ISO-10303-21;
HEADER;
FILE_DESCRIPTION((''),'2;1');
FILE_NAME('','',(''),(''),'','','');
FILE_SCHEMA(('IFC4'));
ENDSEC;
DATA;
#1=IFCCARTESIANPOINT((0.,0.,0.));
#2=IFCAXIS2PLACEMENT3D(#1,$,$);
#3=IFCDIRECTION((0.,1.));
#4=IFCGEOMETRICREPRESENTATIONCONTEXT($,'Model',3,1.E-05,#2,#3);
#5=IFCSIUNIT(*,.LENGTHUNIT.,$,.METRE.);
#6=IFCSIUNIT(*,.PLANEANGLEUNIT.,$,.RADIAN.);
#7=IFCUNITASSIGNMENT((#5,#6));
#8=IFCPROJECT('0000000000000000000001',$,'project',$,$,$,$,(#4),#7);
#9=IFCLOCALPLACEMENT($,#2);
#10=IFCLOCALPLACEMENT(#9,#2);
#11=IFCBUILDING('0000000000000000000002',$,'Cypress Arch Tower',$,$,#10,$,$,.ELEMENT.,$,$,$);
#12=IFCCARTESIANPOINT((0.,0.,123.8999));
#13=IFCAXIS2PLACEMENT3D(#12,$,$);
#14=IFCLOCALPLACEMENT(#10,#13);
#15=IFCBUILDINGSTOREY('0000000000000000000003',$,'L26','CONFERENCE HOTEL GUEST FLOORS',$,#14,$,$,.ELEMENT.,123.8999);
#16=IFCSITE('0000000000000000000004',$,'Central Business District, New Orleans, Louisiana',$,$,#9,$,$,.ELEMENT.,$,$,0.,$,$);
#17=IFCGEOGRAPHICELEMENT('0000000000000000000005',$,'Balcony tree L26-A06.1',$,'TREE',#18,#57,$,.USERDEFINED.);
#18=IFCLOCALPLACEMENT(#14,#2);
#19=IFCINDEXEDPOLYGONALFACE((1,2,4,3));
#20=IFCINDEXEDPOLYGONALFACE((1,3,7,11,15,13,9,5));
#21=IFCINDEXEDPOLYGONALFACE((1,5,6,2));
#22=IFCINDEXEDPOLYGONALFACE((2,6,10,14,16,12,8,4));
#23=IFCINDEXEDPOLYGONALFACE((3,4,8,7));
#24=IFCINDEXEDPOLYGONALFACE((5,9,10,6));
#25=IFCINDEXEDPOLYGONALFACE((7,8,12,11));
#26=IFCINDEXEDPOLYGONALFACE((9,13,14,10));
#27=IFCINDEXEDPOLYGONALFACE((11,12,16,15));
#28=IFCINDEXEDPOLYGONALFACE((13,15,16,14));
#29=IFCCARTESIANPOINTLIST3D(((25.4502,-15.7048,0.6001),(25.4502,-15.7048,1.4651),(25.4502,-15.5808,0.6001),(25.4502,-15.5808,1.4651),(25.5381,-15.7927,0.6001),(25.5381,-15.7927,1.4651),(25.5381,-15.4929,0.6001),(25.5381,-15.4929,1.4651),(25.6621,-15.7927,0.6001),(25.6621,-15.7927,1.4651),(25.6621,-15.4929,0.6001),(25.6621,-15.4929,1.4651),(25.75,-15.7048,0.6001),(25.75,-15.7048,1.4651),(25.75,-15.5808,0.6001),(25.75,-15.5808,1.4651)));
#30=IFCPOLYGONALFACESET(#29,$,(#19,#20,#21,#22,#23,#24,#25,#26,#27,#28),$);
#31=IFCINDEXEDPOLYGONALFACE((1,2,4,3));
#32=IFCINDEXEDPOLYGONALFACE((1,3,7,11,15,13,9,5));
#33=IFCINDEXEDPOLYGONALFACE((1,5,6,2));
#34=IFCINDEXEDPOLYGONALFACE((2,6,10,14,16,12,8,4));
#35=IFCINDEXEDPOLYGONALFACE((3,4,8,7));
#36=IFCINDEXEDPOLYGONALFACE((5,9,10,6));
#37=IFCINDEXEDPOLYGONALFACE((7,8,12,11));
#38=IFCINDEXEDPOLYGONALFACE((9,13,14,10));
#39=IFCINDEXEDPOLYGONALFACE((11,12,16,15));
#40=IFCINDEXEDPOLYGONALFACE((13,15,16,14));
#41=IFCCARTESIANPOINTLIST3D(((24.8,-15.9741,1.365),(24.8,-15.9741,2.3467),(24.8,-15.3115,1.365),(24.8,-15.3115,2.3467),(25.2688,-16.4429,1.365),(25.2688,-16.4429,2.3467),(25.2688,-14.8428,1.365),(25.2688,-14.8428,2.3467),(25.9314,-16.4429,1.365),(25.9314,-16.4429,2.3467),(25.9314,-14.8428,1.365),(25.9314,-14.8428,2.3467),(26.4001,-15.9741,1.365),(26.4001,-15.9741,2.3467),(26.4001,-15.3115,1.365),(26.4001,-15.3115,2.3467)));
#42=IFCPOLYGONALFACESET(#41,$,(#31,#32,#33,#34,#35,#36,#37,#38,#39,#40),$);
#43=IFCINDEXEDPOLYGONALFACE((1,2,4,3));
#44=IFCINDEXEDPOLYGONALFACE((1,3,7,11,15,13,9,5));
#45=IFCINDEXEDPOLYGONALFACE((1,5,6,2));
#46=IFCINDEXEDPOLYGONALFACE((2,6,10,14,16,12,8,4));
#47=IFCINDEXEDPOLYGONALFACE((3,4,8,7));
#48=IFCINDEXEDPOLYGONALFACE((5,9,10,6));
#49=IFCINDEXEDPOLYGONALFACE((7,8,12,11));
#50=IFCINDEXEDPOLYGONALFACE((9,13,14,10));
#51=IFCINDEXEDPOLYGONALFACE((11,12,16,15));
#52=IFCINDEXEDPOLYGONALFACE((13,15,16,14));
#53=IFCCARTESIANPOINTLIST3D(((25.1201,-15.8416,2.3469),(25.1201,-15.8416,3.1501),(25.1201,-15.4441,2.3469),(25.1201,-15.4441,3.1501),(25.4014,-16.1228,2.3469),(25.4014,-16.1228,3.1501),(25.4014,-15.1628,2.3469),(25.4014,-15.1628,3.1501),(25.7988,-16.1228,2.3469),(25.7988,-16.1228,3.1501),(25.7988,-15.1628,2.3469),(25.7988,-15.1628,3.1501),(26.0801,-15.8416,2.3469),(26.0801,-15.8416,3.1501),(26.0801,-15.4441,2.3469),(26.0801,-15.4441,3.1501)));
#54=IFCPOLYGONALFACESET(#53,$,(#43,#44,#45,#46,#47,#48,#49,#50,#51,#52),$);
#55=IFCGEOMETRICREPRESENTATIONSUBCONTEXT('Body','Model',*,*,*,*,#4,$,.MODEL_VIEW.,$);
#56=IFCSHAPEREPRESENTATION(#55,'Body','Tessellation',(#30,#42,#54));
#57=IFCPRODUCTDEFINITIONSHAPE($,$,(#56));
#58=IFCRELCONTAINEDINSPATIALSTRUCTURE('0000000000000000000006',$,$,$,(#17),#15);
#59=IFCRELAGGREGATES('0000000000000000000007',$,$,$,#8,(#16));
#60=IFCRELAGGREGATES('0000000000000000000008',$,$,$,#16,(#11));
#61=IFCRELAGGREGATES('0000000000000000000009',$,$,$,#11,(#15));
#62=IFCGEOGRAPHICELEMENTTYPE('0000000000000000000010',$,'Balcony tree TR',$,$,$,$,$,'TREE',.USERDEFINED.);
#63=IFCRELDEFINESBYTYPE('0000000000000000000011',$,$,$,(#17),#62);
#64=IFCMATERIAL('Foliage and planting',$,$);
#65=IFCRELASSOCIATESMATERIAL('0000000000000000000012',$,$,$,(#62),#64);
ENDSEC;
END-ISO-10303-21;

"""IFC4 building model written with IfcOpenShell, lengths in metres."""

from ifc_helpers import new_model, si_unit, direction, frame, origin, place, context, subcontext, project, spatial, polyline, outline, extrude, material, type_object, element, save


model = new_model("IFC4")

# Units and contexts
model_context = context("Model", 3, precision=1e-05, world=origin(), true_north=direction((0.0, 1.0)))
body_context = subcontext(model_context, "Body", "Model", "MODEL_VIEW")
ifc_project = project(units=[si_unit("LENGTHUNIT", "METRE"), si_unit("PLANEANGLEUNIT", "RADIAN")], contexts=[model_context])

# Site, building, storey
site_placement = place(None, origin())
site = spatial("IfcSite", under=ifc_project, at=site_placement, Name="Central Business District, New Orleans, Louisiana", CompositionType="ELEMENT", RefElevation=0.0)
building_placement = place(site_placement, origin())
building = spatial("IfcBuilding", under=site, at=building_placement, Name="Cypress Arch Tower", CompositionType="ELEMENT")
storey_placement = place(building_placement, frame((0.0, 0.0, 123.8999)))
storey = spatial("IfcBuildingStorey", under=building, at=storey_placement, Name="L26", Description="CONFERENCE HOTEL GUEST FLOORS", CompositionType="ELEMENT", Elevation=123.8999)

# Geographic element
ifc_material_1 = material(Name="Foliage and planting")
geographic_element_type = type_object("IfcGeographicElementType", Name="Balcony tree TR", ElementType="TREE", PredefinedType="USERDEFINED", material=ifc_material_1)
geographic_element_placement = place(storey_placement, frame((25.6001, -15.6428, 0.6001), z_axis=(0.0, 0.0, 1.0), x_axis=(1.0, 0.0, 0.0)))
element("IfcGeographicElement", 1, at=geographic_element_placement, inside=storey, type_object=geographic_element_type, Name="Balcony tree L26-A06.1", ObjectType="TREE", PredefinedType="USERDEFINED", context=body_context, shape_type="SweptSolid", body=[
    extrude(outline(polyline([(0.1499, 0.062), (0.062, 0.1499), (-0.062, 0.1499), (-0.1499, 0.062), (-0.1499, -0.062), (-0.062, -0.1499), (0.062, -0.1499), (0.1499, -0.062), (0.1499, 0.062)])), origin(), (0.0, 0.0, 1.0), 0.865),
    extrude(outline(polyline([(0.8, 0.3313), (0.3313, 0.8), (-0.3313, 0.8), (-0.8, 0.3313), (-0.8, -0.3313), (-0.3313, -0.8), (0.3313, -0.8), (0.8, -0.3313), (0.8, 0.3313)])), frame((0.0, 0.0, 0.7649)), (0.0, 0.0, 1.0), 0.9817),
    extrude(outline(polyline([(0.48, 0.1987), (0.1987, 0.48), (-0.1987, 0.48), (-0.48, 0.1987), (-0.48, -0.1987), (-0.1987, -0.48), (0.1987, -0.48), (0.48, -0.1987), (0.48, 0.1987)])), frame((0.0, 0.0, 1.7468)), (0.0, 0.0, 1.0), 0.8032),
])

save(model, "model.ifc")
